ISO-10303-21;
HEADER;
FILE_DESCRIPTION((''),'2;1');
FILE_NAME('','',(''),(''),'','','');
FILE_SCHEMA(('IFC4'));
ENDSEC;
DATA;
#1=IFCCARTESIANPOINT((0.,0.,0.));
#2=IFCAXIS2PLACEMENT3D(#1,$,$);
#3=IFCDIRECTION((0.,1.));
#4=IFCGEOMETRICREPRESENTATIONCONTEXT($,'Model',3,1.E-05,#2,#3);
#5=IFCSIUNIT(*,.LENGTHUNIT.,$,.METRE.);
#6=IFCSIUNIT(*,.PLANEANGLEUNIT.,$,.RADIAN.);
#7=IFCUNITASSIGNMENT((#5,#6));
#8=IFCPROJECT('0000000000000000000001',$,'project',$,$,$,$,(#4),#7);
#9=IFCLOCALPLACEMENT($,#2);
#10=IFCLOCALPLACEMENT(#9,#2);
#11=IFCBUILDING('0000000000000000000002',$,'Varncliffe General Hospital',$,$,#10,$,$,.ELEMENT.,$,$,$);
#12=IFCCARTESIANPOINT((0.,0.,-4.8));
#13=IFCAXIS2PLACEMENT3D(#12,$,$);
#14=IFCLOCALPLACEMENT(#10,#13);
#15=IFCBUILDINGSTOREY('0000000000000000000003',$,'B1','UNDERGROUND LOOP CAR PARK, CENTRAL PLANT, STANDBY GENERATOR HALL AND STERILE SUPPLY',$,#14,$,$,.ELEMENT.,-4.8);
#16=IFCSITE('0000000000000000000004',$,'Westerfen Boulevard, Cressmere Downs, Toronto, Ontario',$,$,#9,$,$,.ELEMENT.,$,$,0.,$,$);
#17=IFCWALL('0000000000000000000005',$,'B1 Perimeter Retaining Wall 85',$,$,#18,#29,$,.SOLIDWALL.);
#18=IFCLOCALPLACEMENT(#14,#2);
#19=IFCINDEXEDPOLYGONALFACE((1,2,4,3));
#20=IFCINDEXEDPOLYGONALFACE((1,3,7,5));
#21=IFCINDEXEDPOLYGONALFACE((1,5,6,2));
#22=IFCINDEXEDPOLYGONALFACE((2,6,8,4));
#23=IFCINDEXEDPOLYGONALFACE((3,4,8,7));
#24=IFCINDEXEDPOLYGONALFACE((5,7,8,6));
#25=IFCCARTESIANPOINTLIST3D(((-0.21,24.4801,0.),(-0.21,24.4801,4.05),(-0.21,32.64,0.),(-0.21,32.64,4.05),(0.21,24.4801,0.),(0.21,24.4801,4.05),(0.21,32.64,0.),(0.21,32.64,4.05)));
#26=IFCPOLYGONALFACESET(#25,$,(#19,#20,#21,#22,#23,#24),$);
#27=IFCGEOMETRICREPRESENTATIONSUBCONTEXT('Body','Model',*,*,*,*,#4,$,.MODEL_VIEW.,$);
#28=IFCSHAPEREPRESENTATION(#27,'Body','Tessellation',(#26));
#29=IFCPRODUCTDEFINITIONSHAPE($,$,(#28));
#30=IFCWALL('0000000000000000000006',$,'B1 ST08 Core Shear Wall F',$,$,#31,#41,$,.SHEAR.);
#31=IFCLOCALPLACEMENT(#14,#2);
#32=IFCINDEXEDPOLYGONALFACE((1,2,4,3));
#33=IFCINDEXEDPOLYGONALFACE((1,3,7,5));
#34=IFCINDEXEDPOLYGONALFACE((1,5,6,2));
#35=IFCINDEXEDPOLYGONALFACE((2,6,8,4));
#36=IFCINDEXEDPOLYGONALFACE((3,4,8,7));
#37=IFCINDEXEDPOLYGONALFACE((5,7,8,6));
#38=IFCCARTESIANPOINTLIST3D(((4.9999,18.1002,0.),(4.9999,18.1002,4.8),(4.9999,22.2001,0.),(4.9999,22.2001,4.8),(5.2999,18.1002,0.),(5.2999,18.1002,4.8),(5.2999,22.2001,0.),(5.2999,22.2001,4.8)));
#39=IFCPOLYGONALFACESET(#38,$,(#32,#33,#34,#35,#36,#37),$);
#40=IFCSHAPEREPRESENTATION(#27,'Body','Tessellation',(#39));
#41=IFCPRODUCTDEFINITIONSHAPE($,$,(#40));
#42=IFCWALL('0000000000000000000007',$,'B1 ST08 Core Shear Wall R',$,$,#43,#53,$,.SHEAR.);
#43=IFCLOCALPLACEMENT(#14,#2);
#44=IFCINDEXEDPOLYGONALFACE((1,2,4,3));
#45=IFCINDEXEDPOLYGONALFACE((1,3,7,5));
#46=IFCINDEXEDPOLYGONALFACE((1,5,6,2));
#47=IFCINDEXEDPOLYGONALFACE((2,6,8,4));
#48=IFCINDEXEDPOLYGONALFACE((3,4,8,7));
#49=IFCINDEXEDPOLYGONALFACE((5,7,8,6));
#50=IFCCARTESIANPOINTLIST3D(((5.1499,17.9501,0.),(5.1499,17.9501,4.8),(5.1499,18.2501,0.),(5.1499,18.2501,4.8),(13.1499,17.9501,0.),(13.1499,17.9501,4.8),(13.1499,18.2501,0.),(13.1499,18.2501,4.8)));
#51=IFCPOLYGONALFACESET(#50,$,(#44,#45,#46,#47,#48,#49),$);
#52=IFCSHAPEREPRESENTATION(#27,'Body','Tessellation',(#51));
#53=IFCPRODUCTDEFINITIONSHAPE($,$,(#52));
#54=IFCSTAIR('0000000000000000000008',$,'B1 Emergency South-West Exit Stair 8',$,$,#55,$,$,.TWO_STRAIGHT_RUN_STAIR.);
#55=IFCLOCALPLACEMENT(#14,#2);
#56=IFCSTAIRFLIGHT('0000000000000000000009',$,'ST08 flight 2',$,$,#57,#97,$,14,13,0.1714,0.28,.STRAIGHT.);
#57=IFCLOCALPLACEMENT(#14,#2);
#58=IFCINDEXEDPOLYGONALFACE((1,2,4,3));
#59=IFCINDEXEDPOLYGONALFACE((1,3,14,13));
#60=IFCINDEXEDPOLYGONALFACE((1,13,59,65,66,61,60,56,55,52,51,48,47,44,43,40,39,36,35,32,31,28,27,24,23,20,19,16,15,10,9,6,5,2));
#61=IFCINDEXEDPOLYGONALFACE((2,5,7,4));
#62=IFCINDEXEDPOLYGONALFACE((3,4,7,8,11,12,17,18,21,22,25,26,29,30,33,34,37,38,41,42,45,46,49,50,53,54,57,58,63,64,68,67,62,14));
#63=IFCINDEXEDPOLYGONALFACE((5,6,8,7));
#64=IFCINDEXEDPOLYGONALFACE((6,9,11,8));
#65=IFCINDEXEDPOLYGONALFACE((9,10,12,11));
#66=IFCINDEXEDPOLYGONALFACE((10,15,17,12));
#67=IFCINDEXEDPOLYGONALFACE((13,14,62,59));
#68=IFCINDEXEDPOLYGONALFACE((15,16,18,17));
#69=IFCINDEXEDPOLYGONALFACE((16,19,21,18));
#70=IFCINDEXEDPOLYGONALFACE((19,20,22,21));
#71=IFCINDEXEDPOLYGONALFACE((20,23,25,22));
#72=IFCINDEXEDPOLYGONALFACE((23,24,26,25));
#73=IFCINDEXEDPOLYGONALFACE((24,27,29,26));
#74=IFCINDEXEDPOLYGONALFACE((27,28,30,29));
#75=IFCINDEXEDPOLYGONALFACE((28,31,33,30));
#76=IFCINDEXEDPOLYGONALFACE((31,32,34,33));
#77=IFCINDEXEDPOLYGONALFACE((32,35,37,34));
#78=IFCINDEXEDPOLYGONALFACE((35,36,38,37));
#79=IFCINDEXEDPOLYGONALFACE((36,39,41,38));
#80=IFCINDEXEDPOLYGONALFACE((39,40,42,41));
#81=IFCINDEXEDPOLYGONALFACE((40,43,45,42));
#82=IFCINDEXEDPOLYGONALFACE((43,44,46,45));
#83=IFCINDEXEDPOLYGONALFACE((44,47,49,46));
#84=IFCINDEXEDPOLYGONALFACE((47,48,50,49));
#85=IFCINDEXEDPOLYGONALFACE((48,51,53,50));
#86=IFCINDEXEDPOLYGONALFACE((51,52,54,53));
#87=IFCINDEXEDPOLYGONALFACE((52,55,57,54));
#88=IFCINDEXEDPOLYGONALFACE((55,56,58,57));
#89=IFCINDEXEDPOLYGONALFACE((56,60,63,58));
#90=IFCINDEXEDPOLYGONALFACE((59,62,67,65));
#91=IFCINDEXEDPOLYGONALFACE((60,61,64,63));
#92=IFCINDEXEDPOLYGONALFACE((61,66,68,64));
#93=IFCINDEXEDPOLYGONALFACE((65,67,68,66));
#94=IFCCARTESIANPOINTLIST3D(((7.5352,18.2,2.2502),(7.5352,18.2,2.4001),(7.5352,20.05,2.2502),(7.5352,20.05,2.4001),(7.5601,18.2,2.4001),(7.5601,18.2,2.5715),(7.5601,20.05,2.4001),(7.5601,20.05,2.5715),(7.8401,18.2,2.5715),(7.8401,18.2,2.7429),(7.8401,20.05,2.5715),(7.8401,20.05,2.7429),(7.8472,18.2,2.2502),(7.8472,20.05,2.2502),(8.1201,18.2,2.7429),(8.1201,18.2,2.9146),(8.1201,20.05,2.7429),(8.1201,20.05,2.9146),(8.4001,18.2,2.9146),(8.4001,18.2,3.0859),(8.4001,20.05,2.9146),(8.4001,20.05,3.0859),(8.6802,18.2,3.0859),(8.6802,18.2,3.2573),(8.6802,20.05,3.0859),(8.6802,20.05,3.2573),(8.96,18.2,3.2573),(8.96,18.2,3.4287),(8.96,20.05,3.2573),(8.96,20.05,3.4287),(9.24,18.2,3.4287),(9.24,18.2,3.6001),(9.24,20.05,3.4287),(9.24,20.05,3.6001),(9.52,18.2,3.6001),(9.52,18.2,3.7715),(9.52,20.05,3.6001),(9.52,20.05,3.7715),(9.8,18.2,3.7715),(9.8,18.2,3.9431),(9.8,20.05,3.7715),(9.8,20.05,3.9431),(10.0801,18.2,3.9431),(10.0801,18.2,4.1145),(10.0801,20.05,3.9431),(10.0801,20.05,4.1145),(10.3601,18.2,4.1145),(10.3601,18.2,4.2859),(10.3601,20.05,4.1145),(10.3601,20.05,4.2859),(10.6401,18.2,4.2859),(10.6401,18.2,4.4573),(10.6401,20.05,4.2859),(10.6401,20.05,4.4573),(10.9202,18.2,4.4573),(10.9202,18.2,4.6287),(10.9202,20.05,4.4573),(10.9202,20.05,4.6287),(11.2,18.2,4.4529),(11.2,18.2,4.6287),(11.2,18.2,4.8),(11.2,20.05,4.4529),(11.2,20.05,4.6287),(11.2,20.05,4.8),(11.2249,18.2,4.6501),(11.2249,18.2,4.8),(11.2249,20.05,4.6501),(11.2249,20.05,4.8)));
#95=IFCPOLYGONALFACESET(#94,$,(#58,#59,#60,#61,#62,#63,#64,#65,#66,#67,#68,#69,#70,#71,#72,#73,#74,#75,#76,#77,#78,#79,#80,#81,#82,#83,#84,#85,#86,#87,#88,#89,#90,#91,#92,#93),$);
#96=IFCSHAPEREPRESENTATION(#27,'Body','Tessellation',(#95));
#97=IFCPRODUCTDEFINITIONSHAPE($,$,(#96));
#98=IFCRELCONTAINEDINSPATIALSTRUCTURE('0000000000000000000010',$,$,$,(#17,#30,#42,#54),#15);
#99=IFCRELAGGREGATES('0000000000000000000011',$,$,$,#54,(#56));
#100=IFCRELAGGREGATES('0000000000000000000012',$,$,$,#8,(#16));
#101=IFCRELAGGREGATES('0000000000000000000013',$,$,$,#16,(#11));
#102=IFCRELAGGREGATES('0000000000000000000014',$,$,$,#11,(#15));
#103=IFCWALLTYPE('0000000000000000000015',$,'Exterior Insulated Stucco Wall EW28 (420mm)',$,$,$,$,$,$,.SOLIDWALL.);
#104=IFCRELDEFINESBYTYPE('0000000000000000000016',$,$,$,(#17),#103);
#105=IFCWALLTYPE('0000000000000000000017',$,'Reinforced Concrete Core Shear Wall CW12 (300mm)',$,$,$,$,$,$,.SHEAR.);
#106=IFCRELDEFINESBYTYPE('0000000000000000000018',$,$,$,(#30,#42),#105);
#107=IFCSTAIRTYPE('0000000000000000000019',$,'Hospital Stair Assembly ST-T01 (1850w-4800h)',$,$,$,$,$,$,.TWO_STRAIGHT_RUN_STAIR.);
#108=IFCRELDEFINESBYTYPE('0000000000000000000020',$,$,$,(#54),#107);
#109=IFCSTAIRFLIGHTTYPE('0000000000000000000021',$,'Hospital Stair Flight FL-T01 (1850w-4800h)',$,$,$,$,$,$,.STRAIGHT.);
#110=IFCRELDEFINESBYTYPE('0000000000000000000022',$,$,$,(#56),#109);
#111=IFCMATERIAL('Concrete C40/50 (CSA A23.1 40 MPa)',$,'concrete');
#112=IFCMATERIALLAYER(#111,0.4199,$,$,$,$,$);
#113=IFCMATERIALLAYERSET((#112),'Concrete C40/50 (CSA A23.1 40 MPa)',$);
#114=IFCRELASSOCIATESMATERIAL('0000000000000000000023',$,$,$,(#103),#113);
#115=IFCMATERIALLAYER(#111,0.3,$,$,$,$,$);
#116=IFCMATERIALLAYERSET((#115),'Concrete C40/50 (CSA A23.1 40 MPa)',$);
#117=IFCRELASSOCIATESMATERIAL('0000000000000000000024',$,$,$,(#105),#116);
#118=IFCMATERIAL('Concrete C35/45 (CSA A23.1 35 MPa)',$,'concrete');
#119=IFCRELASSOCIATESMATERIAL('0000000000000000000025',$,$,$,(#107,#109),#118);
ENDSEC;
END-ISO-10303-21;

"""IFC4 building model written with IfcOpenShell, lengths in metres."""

from ifc_helpers import new_model, si_unit, direction, frame, frame_2d, origin, place, context, subcontext, project, spatial, polyline, rectangle, outline, extrude, material, layer, layer_set, type_object, element, aggregate, save


model = new_model("IFC4")

# Units and contexts
model_context = context("Model", 3, precision=1e-05, world=origin(), true_north=direction((0.0, 1.0)))
body_context = subcontext(model_context, "Body", "Model", "MODEL_VIEW")
ifc_project = project(units=[si_unit("LENGTHUNIT", "METRE"), si_unit("PLANEANGLEUNIT", "RADIAN")], contexts=[model_context])

# Site, building, storey
site_placement = place(None, origin())
site = spatial("IfcSite", under=ifc_project, at=site_placement, Name="Westerfen Boulevard, Cressmere Downs, Toronto, Ontario", CompositionType="ELEMENT", RefElevation=0.0)
building_placement = place(site_placement, origin())
building = spatial("IfcBuilding", under=site, at=building_placement, Name="Varncliffe General Hospital", CompositionType="ELEMENT")
storey_placement = place(building_placement, frame((0.0, 0.0, -4.8)))
storey = spatial("IfcBuildingStorey", under=building, at=storey_placement, Name="B1", Description="UNDERGROUND LOOP CAR PARK, CENTRAL PLANT, STANDBY GENERATOR HALL AND STERILE SUPPLY", CompositionType="ELEMENT", Elevation=-4.8)

# Shared definitions
ifc_material_1 = material(Name="Concrete C40/50 (CSA A23.1 40 MPa)", Category="concrete")

# Shared definitions
ifc_material_2 = material(Name="Concrete C35/45 (CSA A23.1 35 MPa)", Category="concrete")

# Walls
ifc_layer_1 = layer(ifc_material_1, 0.4199)
ifc_layer_set_1 = layer_set([ifc_layer_1], Name="Concrete C40/50 (CSA A23.1 40 MPa)")
wall_type_1 = type_object("IfcWallType", Name="Exterior Insulated Stucco Wall EW28 (420mm)", PredefinedType="SOLIDWALL", material=ifc_layer_set_1)
wall_1_placement = place(storey_placement, frame((0.0, 24.48, 0.0), z_axis=(0.0, 0.0, 1.0), x_axis=(0.0, 1.0, 0.0)))
element("IfcWall", 1, at=wall_1_placement, inside=storey, type_object=wall_type_1, Name="B1 Perimeter Retaining Wall 85", PredefinedType="SOLIDWALL", context=body_context, shape_type="SweptSolid", body=[
    extrude(rectangle(XDim=8.1599, YDim=0.4199, at=frame_2d((4.0801, 0.0))), origin(), (0.0, 0.0, 1.0), 4.05),
])
ifc_layer_2 = layer(ifc_material_1, 0.3)
ifc_layer_set_2 = layer_set([ifc_layer_2], Name="Concrete C40/50 (CSA A23.1 40 MPa)")
wall_type_2 = type_object("IfcWallType", Name="Reinforced Concrete Core Shear Wall CW12 (300mm)", PredefinedType="SHEAR", material=ifc_layer_set_2)
wall_2_placement = place(storey_placement, frame((5.1499, 22.2, 0.0), z_axis=(0.0, 0.0, 1.0), x_axis=(0.0, -1.0, 0.0)))
element("IfcWall", 2, at=wall_2_placement, inside=storey, type_object=wall_type_2, Name="B1 ST08 Core Shear Wall F", PredefinedType="SHEAR", context=body_context, shape_type="SweptSolid", body=[
    extrude(rectangle(XDim=4.0999, YDim=0.3, at=frame_2d((2.0498, 0.0))), origin(), (0.0, 0.0, 1.0), 4.8),
])
wall_3_placement = place(storey_placement, frame((5.1499, 18.1001, 0.0), z_axis=(0.0, 0.0, 1.0), x_axis=(1.0, 0.0, 0.0)))
element("IfcWall", 3, at=wall_3_placement, inside=storey, type_object=wall_type_2, Name="B1 ST08 Core Shear Wall R", PredefinedType="SHEAR", context=body_context, shape_type="SweptSolid", body=[
    extrude(rectangle(XDim=8.0, YDim=0.3, at=frame_2d((4.0, 0.0))), origin(), (0.0, 0.0, 1.0), 4.8),
])

# Stair, stair flight
stair_type = type_object("IfcStairType", Name="Hospital Stair Assembly ST-T01 (1850w-4800h)", PredefinedType="TWO_STRAIGHT_RUN_STAIR", material=ifc_material_2)
stair_placement = place(storey_placement, origin())
stair = element("IfcStair", 4, at=stair_placement, inside=storey, type_object=stair_type, Name="B1 Emergency South-West Exit Stair 8", PredefinedType="TWO_STRAIGHT_RUN_STAIR")
stair_flight_type = type_object("IfcStairFlightType", Name="Hospital Stair Flight FL-T01 (1850w-4800h)", PredefinedType="STRAIGHT", material=ifc_material_2)
stair_flight_placement = place(storey_placement, frame((7.5601, 19.125, 2.4001), z_axis=(0.0, 0.0, 1.0), x_axis=(1.0, 0.0, 0.0)))
stair_flight = element("IfcStairFlight", 5, at=stair_flight_placement, type_object=stair_flight_type, Name="ST08 flight 2", NumberOfRisers=14, NumberOfTreads=13, PredefinedType="STRAIGHT", RiserHeight=0.1714, TreadLength=0.28, context=body_context, shape_type="SweptSolid", body=[
    extrude(outline(polyline([(-0.0249, -0.1499), (-0.0249, 0.0), (0.0, 0.0), (0.0, 0.1714), (0.28, 0.1714), (0.28, 0.3428), (0.5601, 0.3428), (0.5601, 0.5144), (0.8401, 0.5144), (0.8401, 0.6858), (1.1201, 0.6858), (1.1201, 0.8572), (1.3999, 0.8572), (1.3999, 1.0286), (1.6799, 1.0286), (1.6799, 1.2), (1.96, 1.2), (1.96, 1.3713), (2.24, 1.3713), (2.24, 1.543), (2.52, 1.543), (2.52, 1.7144), (2.8, 1.7144), (2.8, 1.8857), (3.0801, 1.8857), (3.0801, 2.0571), (3.3601, 2.0571), (3.3601, 2.2285), (3.6399, 2.2285), (3.6399, 2.3999), (3.6648, 2.3999), (3.6648, 2.25), (3.6399, 2.0527), (0.2871, -0.1499), (-0.0249, -0.1499)])), frame((0.0, 0.925, 0.0), z_axis=(0.0, -1.0, 0.0), x_axis=(1.0, 0.0, 0.0)), (0.0, 0.0, 1.0), 1.8501),
])
aggregate(stair, [stair_flight])

save(model, "model.ifc")
